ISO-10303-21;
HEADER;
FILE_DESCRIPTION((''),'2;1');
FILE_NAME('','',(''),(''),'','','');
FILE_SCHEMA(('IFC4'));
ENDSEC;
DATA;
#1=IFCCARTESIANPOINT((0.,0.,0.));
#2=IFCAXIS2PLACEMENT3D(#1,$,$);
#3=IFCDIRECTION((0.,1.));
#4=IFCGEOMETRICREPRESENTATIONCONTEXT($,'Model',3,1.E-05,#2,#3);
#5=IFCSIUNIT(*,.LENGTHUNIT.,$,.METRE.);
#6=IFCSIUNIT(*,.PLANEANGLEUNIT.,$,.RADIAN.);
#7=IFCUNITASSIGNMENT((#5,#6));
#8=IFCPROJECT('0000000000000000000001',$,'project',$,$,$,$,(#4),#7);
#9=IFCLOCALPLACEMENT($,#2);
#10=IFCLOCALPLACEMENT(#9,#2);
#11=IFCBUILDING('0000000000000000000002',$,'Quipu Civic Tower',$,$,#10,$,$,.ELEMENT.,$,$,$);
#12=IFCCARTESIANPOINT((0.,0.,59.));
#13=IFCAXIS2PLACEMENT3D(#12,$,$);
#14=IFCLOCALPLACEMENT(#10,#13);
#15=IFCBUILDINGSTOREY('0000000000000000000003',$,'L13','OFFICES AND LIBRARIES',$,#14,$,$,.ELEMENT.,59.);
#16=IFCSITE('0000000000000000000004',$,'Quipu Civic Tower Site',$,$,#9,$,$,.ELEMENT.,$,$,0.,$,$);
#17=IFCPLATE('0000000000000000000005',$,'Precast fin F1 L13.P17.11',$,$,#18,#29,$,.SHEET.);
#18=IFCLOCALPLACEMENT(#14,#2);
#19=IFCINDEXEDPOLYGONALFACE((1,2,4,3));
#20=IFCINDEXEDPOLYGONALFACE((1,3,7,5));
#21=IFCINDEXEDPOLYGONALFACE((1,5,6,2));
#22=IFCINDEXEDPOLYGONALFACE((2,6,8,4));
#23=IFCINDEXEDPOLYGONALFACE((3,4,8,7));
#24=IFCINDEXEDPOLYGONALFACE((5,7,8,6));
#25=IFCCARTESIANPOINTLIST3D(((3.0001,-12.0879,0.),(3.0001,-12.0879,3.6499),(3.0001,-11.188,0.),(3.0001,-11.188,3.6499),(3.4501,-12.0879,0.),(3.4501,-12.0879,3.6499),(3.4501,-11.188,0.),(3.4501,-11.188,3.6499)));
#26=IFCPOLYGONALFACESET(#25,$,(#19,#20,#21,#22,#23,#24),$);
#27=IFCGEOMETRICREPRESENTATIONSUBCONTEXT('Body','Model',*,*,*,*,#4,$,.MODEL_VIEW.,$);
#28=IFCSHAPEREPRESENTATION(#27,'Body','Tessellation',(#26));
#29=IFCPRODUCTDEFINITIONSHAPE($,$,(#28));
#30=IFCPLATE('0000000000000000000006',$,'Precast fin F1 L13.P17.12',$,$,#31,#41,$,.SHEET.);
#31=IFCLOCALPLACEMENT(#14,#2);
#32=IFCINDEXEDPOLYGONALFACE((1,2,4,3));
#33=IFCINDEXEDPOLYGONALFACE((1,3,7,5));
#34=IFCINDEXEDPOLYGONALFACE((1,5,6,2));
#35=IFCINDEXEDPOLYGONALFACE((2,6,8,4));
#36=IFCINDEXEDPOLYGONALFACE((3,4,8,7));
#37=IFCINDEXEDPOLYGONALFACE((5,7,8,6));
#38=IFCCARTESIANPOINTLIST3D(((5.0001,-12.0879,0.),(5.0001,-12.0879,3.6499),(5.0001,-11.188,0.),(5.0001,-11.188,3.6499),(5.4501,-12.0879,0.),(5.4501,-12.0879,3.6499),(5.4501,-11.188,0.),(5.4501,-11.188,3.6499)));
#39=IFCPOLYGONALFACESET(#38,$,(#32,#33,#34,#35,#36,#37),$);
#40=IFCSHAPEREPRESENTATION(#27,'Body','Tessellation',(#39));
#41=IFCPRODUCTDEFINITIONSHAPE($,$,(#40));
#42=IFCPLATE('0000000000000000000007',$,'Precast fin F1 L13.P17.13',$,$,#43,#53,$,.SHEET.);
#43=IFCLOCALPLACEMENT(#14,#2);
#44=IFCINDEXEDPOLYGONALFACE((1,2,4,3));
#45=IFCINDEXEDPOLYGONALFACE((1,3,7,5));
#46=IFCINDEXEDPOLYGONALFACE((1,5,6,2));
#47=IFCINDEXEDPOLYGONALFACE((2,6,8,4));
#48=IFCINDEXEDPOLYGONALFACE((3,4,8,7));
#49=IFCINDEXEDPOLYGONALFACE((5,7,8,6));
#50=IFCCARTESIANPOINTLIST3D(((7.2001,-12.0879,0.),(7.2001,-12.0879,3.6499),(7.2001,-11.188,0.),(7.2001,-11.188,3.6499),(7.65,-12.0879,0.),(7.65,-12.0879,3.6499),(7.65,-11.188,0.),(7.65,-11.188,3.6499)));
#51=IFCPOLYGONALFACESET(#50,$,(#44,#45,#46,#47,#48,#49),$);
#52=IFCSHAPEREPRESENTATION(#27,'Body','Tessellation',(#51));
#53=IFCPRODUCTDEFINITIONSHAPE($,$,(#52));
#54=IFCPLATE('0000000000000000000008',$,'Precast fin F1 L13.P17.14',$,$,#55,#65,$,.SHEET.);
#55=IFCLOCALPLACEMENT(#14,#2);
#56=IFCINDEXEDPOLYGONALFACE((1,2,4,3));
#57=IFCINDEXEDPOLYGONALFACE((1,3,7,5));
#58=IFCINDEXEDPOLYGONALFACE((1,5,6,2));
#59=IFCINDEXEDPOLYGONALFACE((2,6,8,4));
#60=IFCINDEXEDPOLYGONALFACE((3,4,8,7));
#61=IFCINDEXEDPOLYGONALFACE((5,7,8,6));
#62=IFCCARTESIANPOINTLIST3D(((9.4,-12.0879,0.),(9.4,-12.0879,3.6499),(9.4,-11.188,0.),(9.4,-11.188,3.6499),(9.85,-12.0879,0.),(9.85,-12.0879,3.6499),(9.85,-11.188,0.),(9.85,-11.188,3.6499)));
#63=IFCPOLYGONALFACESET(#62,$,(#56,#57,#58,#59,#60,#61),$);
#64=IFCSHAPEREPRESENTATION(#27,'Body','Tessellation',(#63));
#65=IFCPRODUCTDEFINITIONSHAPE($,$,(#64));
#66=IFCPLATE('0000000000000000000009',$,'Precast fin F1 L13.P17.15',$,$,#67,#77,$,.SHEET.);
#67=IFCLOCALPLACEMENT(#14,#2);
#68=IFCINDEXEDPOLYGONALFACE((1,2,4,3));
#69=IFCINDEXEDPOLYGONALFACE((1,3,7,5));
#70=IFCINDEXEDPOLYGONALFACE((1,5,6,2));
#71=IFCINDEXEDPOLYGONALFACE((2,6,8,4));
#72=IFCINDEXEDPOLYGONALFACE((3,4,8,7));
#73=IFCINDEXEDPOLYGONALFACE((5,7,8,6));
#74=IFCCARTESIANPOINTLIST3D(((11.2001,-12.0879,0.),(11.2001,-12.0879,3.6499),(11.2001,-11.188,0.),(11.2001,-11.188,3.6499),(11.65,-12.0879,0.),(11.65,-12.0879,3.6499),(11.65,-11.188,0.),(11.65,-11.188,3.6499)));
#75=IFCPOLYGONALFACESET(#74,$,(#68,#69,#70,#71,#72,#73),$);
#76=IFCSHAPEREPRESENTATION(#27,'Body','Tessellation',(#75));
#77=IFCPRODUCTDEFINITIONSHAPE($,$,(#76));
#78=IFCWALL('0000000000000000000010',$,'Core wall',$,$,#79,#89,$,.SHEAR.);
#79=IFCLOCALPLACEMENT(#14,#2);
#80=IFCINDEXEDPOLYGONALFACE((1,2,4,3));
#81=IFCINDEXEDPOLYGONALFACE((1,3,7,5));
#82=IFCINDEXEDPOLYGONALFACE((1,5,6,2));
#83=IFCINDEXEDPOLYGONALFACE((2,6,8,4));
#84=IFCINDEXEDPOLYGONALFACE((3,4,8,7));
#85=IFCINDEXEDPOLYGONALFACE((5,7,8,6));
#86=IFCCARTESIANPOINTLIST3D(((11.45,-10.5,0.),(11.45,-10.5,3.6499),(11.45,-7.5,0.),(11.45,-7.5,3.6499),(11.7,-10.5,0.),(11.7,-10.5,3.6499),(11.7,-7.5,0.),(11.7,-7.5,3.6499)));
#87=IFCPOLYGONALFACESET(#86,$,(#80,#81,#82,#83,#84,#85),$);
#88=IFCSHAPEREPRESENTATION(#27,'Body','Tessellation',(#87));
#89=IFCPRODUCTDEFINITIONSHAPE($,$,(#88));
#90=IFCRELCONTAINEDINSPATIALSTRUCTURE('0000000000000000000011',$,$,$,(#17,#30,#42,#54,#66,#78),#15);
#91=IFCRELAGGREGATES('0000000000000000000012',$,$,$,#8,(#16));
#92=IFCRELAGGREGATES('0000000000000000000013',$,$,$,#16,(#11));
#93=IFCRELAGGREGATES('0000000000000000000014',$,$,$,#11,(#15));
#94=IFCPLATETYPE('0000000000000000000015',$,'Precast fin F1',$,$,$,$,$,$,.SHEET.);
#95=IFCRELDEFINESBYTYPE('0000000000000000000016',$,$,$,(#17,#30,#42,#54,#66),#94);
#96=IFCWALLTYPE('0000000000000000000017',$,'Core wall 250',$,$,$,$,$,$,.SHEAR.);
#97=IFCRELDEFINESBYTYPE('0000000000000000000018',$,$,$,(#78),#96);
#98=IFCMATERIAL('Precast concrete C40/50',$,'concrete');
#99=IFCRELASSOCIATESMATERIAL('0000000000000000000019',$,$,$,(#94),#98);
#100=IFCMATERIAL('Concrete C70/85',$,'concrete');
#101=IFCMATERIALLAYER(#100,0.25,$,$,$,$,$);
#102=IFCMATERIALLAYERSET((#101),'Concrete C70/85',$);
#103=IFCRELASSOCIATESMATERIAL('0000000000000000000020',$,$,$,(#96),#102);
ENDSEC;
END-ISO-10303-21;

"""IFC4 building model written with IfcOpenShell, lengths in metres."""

from ifc_helpers import new_model, si_unit, direction, frame, frame_2d, origin, origin_2d, place, context, subcontext, project, spatial, rectangle, extrude, material, layer, layer_set, type_object, element, save


model = new_model("IFC4")

# Units and contexts
model_context = context("Model", 3, precision=1e-05, world=origin(), true_north=direction((0.0, 1.0)))
body_context = subcontext(model_context, "Body", "Model", "MODEL_VIEW")
ifc_project = project(units=[si_unit("LENGTHUNIT", "METRE"), si_unit("PLANEANGLEUNIT", "RADIAN")], contexts=[model_context])

# Site, building, storey
site_placement = place(None, origin())
site = spatial("IfcSite", under=ifc_project, at=site_placement, Name="Quipu Civic Tower Site", CompositionType="ELEMENT", RefElevation=0.0)
building_placement = place(site_placement, origin())
building = spatial("IfcBuilding", under=site, at=building_placement, Name="Quipu Civic Tower", CompositionType="ELEMENT")
storey_placement = place(building_placement, frame((0.0, 0.0, 59.0)))
storey = spatial("IfcBuildingStorey", under=building, at=storey_placement, Name="L13", Description="OFFICES AND LIBRARIES", CompositionType="ELEMENT", Elevation=59.0)

# Plates
ifc_material_1 = material(Name="Precast concrete C40/50", Category="concrete")
plate_type = type_object("IfcPlateType", Name="Precast fin F1", PredefinedType="SHEET", material=ifc_material_1)
for number, where, z_axis, x_axis, name in (
    (1, (3.2251, -11.6379, 0.0), (0.0, 0.0, 1.0), (1.0, 0.0, 0.0), "Precast fin F1 L13.P17.11"),
    (2, (5.2251, -11.6379, 0.0), (0.0, 0.0, 1.0), (1.0, 0.0, 0.0), "Precast fin F1 L13.P17.12"),
    (3, (7.425, -11.6379, 0.0), (0.0, 0.0, 1.0), (1.0, 0.0, 0.0), "Precast fin F1 L13.P17.13"),
    (4, (9.625, -11.6379, 0.0), (0.0, 0.0, 1.0), (1.0, 0.0, 0.0), "Precast fin F1 L13.P17.14"),
    (5, (11.425, -11.6379, 0.0), (0.0, 0.0, 1.0), (1.0, 0.0, 0.0), "Precast fin F1 L13.P17.15"),
):
    element("IfcPlate", number, at=place(storey_placement, frame(where, z_axis=z_axis, x_axis=x_axis)), inside=storey, type_object=plate_type, Name=name, PredefinedType="SHEET", context=body_context, shape_type="SweptSolid", body=[
        extrude(rectangle(XDim=0.45, YDim=0.8999, at=origin_2d()), origin(), (0.0, 0.0, 1.0), 3.6499),
    ])

# Wall
ifc_material_2 = material(Name="Concrete C70/85", Category="concrete")
ifc_layer_1 = layer(ifc_material_2, 0.25)
ifc_layer_set_1 = layer_set([ifc_layer_1], Name="Concrete C70/85")
wall_type_1 = type_object("IfcWallType", Name="Core wall 250", PredefinedType="SHEAR", material=ifc_layer_set_1)
wall_1_placement = place(storey_placement, frame((11.575, -10.5, 0.0), z_axis=(0.0, 0.0, 1.0), x_axis=(0.0, 1.0, 0.0)))
element("IfcWall", 6, at=wall_1_placement, inside=storey, type_object=wall_type_1, Name="Core wall", PredefinedType="SHEAR", context=body_context, shape_type="SweptSolid", body=[
    extrude(rectangle(XDim=3.0, YDim=0.25, at=frame_2d((1.5, 0.0))), origin(), (0.0, 0.0, 1.0), 3.6499),
])

save(model, "model.ifc")
